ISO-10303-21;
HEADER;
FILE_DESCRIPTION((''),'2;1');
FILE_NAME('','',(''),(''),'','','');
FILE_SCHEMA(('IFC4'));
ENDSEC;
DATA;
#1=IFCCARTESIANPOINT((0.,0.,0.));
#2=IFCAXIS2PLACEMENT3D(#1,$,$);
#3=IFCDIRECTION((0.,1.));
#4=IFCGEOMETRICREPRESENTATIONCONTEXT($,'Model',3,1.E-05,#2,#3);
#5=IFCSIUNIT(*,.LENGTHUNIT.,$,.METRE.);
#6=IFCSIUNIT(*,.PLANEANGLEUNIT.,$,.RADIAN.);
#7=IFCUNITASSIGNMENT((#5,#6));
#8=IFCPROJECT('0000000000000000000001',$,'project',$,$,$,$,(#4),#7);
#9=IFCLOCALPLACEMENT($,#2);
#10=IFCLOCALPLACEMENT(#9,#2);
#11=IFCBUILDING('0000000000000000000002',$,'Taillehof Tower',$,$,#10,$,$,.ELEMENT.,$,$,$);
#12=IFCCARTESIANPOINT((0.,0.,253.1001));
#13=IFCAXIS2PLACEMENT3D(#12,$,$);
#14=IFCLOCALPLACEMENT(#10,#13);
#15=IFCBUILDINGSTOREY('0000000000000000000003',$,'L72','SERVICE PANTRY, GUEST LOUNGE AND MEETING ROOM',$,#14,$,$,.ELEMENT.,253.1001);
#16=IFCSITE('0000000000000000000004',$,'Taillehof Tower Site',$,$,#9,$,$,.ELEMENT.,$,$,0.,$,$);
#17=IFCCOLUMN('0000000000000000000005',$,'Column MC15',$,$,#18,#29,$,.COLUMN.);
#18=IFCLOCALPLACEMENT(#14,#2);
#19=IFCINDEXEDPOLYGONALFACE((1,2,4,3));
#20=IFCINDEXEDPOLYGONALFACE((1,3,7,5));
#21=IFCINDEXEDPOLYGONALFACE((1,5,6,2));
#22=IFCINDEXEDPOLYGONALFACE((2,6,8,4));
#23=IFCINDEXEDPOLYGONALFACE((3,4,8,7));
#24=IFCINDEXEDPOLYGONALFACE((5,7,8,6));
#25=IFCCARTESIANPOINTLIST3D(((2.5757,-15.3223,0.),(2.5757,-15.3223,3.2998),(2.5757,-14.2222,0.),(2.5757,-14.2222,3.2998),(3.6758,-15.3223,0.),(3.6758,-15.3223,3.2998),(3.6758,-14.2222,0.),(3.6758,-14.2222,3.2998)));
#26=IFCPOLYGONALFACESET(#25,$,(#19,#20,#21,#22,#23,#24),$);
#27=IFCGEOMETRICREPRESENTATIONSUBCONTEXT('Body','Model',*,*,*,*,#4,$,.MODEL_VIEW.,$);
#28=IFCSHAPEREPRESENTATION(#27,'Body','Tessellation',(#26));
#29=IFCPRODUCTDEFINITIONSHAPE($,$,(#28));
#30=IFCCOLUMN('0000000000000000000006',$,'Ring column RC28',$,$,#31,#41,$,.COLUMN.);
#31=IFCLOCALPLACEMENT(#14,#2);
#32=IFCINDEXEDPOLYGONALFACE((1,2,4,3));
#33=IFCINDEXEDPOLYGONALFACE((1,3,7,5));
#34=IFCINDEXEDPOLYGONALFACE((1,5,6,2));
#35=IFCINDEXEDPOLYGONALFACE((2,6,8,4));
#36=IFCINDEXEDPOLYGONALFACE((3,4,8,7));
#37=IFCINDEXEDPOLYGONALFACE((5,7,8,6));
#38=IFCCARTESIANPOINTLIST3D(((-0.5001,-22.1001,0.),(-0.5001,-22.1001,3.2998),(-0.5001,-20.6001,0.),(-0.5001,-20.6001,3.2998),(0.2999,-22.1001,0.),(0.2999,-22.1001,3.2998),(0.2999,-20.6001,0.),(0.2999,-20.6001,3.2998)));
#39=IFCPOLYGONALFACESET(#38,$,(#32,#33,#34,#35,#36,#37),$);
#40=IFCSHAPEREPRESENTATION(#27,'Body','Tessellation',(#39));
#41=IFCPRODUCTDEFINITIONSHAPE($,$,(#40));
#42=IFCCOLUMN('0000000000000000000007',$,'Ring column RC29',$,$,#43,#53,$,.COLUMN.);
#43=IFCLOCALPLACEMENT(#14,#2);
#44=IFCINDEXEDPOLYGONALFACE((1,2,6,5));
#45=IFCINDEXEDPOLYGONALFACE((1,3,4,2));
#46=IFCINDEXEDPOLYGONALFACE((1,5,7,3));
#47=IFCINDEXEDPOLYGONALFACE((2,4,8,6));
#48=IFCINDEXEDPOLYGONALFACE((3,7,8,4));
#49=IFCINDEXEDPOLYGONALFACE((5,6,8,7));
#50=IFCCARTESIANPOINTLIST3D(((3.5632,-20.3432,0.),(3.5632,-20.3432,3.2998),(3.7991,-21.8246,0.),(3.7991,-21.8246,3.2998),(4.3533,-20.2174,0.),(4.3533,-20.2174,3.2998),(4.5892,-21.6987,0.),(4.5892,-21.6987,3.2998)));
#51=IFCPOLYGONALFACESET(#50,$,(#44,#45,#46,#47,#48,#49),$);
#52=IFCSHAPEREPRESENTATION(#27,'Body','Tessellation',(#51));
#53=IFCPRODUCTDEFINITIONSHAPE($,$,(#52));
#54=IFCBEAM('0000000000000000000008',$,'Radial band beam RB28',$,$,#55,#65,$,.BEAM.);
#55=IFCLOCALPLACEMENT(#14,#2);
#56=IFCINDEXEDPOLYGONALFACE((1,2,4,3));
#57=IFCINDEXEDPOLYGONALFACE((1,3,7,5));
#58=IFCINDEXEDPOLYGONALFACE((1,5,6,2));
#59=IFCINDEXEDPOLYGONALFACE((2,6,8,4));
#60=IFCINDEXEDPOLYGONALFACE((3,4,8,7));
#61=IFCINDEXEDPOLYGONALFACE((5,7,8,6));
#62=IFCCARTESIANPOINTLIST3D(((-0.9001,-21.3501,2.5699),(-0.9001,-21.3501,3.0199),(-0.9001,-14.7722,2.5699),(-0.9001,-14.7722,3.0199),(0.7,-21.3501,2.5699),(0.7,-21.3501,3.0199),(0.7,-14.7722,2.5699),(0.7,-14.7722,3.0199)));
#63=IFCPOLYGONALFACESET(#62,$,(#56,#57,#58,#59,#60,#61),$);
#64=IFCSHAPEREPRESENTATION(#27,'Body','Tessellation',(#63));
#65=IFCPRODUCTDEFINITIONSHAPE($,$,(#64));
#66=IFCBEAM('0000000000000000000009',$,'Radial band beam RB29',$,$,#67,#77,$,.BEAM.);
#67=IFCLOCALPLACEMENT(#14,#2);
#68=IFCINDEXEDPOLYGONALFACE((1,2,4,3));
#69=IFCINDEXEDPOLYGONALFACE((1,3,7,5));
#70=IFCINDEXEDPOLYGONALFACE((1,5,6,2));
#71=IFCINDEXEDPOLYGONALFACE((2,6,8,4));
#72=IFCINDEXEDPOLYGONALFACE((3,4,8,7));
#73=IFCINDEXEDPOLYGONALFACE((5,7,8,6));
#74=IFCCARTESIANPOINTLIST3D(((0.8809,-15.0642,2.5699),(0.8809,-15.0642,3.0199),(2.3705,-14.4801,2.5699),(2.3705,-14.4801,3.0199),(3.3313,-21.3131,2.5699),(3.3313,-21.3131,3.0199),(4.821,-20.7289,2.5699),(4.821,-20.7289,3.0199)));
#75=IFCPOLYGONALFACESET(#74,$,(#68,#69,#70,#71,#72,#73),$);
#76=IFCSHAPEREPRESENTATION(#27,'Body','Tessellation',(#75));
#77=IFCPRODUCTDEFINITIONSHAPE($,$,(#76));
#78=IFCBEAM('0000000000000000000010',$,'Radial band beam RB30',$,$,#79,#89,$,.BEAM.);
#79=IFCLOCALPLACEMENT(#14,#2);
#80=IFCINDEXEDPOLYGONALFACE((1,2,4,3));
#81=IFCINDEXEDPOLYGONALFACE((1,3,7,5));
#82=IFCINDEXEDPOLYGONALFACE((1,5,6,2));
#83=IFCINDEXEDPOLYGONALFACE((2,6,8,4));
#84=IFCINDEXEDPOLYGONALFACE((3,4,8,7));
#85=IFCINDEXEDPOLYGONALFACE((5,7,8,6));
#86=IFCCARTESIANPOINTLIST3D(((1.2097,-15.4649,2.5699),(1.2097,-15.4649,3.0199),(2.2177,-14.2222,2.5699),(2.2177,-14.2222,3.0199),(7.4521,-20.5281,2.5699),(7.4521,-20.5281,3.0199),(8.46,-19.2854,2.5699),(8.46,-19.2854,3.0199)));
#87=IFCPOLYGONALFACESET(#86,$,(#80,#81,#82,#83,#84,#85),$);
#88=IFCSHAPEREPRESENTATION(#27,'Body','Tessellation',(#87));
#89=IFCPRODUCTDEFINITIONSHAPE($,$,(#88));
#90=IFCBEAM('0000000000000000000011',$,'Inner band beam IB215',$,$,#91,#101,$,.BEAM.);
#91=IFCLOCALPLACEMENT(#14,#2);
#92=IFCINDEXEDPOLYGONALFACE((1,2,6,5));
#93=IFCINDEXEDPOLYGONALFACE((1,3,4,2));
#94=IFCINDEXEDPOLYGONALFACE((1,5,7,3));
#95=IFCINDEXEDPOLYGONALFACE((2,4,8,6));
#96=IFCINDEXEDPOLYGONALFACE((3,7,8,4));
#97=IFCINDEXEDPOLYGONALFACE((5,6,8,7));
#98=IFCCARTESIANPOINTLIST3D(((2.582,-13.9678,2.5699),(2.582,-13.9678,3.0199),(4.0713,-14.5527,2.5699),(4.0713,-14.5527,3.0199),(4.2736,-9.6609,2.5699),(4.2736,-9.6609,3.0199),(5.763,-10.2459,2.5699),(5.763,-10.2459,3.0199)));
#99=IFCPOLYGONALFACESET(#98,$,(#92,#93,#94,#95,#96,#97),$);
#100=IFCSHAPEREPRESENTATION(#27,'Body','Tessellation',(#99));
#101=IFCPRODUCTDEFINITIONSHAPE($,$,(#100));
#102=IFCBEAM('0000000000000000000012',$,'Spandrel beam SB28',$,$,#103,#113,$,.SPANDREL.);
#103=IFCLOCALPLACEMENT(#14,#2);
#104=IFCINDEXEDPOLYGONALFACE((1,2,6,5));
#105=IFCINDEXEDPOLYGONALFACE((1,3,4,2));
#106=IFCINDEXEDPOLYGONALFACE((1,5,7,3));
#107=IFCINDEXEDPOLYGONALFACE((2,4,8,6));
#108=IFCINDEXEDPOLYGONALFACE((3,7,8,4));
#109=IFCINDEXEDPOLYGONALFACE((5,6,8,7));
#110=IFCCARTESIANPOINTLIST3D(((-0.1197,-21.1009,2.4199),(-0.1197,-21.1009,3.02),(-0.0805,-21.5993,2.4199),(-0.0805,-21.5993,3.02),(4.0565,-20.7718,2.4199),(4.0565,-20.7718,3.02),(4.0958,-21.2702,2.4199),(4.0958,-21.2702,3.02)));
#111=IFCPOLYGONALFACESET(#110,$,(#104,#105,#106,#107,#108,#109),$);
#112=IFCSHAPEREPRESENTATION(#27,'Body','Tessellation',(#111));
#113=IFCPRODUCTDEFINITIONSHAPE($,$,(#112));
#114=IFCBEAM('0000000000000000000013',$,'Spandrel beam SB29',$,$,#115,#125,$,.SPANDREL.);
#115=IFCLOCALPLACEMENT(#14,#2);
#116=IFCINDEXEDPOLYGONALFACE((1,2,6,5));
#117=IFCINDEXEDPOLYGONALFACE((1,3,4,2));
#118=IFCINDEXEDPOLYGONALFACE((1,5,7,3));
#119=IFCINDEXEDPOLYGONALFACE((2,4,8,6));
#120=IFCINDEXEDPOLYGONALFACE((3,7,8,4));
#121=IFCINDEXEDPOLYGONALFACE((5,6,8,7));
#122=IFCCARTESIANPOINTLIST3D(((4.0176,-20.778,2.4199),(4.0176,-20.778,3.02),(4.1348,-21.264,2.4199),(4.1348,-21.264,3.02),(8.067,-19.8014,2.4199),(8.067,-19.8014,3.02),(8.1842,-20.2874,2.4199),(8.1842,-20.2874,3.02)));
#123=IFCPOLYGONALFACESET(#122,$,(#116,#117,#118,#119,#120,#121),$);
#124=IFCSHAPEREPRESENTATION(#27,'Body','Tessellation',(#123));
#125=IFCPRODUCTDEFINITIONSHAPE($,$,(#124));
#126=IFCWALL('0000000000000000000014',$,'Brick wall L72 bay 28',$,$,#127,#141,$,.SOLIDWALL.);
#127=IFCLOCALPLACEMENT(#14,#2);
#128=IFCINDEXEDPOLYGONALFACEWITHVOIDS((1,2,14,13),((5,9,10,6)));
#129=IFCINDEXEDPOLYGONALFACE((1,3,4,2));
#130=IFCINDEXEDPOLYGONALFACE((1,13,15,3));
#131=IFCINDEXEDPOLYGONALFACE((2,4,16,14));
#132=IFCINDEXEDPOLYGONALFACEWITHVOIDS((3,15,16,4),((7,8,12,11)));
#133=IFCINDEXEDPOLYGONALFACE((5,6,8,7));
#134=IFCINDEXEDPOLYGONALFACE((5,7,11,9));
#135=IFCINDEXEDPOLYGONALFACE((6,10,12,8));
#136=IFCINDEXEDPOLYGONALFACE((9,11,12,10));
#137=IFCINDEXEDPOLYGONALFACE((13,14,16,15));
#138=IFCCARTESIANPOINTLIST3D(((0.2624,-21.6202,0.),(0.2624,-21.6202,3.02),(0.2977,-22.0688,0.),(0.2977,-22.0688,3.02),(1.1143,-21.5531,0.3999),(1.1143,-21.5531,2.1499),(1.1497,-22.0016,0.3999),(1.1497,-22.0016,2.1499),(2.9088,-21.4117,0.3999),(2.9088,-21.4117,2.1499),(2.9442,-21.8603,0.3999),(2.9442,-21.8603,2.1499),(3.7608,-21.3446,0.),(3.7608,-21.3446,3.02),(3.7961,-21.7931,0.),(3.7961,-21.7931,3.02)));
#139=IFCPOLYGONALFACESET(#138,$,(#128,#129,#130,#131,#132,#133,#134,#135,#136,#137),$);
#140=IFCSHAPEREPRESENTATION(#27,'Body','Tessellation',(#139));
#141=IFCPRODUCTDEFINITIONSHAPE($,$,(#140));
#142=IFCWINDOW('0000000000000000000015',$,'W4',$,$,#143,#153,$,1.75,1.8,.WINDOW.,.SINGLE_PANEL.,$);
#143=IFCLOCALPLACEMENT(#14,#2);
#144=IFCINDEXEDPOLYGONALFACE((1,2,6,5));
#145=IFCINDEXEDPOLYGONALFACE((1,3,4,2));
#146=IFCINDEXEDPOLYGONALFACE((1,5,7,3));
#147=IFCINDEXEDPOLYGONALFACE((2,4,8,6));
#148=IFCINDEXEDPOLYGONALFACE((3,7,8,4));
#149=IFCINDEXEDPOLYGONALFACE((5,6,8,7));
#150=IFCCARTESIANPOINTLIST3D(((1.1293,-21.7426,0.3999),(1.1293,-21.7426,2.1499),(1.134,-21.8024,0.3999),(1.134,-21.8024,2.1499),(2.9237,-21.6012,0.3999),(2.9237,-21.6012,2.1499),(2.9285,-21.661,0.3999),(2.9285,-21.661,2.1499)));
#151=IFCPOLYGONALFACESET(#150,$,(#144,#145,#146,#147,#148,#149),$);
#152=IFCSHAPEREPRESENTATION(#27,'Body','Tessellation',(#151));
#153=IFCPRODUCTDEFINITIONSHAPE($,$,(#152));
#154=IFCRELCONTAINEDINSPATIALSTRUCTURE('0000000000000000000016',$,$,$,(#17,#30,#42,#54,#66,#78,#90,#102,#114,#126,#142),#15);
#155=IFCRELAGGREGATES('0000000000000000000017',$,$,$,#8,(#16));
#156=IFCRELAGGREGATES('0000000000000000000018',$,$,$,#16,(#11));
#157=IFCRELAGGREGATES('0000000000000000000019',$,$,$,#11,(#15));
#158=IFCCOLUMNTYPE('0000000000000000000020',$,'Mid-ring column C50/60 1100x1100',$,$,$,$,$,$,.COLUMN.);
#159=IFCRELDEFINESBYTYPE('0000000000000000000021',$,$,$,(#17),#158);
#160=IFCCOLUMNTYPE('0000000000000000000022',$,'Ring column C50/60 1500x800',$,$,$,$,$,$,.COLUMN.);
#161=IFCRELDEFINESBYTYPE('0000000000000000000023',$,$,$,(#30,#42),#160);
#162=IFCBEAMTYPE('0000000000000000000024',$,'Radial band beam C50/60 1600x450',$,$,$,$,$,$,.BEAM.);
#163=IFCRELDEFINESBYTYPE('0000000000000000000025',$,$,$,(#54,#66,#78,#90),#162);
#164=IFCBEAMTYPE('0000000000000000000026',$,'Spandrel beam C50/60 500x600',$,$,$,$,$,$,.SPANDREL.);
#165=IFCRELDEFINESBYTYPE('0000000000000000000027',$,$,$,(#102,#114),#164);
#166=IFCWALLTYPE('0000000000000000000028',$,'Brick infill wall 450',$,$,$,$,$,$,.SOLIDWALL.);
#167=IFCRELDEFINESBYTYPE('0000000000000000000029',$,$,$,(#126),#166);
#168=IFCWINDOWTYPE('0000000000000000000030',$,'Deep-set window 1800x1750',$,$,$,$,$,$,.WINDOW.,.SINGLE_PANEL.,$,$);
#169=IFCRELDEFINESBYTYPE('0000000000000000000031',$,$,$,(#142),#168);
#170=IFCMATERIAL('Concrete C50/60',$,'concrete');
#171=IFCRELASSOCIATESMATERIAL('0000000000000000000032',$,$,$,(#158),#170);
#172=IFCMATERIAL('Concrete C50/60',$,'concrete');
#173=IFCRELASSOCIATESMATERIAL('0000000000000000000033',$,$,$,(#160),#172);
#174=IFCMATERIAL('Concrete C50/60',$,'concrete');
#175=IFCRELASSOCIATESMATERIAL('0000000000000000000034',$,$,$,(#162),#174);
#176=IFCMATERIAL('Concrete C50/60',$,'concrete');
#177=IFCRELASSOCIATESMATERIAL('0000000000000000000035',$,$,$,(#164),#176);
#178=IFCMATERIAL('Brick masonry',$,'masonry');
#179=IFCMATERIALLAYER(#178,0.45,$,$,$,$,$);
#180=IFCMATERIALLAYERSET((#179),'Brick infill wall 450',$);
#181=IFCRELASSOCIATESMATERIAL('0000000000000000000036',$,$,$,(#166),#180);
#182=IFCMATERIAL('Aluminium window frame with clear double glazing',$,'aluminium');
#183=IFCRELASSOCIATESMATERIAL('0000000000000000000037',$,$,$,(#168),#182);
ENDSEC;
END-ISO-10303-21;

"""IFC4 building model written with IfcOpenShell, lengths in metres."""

from ifc_helpers import new_model, si_unit, direction, frame, frame_2d, origin, origin_2d, place, context, subcontext, project, spatial, rectangle, extrude, material, layer, layer_set, material_profile, profile_set, type_object, element, fill, save


model = new_model("IFC4")

# Units and contexts
model_context = context("Model", 3, precision=1e-05, world=origin(), true_north=direction((0.0, 1.0)))
body_context = subcontext(model_context, "Body", "Model", "MODEL_VIEW")
ifc_project = project(units=[si_unit("LENGTHUNIT", "METRE"), si_unit("PLANEANGLEUNIT", "RADIAN")], contexts=[model_context])

# Site, building, storey
site_placement = place(None, origin())
site = spatial("IfcSite", under=ifc_project, at=site_placement, Name="Taillehof Tower Site", CompositionType="ELEMENT", RefElevation=0.0)
building_placement = place(site_placement, origin())
building = spatial("IfcBuilding", under=site, at=building_placement, Name="Taillehof Tower", CompositionType="ELEMENT")
storey_placement = place(building_placement, frame((0.0, 0.0, 253.1001)))
storey = spatial("IfcBuildingStorey", under=building, at=storey_placement, Name="L72", Description="SERVICE PANTRY, GUEST LOUNGE AND MEETING ROOM", CompositionType="ELEMENT", Elevation=253.1001)

# Columns
ifc_material_1 = material(Name="Concrete C50/60", Category="concrete")
ifc_material_profile_1 = material_profile(ifc_material_1, rectangle(XDim=1.1001, YDim=1.1001, at=origin_2d()), Name="RC 1100x1100")
ifc_profile_set_1 = profile_set([ifc_material_profile_1], Name="Concrete C50/60")
column_type_1 = type_object("IfcColumnType", Name="Mid-ring column C50/60 1100x1100", PredefinedType="COLUMN", material=ifc_profile_set_1)
column_placement = place(storey_placement, frame((3.1257, -14.7722, 0.0), z_axis=(0.0, 0.0, 1.0), x_axis=(1.0, 0.0, 0.0)))
element("IfcColumn", 1, at=column_placement, inside=storey, type_object=column_type_1, Name="Column MC15", PredefinedType="COLUMN", context=body_context, shape_type="SweptSolid", body=[
    extrude(rectangle(XDim=1.1001, YDim=1.1001, at=origin_2d()), origin(), (0.0, 0.0, 1.0), 3.2998),
])
ifc_material_2 = material(Name="Concrete C50/60", Category="concrete")
ifc_material_profile_2 = material_profile(ifc_material_2, rectangle(XDim=1.5, YDim=0.8, at=origin_2d()), Name="RC 1500x800")
ifc_profile_set_2 = profile_set([ifc_material_profile_2], Name="Concrete C50/60")
column_type_2 = type_object("IfcColumnType", Name="Ring column C50/60 1500x800", PredefinedType="COLUMN", material=ifc_profile_set_2)
for number, where, z_axis, x_axis, name in (
    (2, (-0.1001, -21.3501, 0.0), (0.0, 0.0, 1.0), (0.0, -1.0, 0.0), "Ring column RC28"),
    (3, (4.0762, -21.021, 0.0), (0.0, 0.0, 1.0), (0.157281, -0.987554, 0.0), "Ring column RC29"),
):
    element("IfcColumn", number, at=place(storey_placement, frame(where, z_axis=z_axis, x_axis=x_axis)), inside=storey, type_object=column_type_2, Name=name, PredefinedType="COLUMN", context=body_context, shape_type="SweptSolid", body=[
        extrude(rectangle(XDim=1.5, YDim=0.8, at=origin_2d()), origin(), (0.0, 0.0, 1.0), 3.2998),
    ])

# Beams
ifc_material_3 = material(Name="Concrete C50/60", Category="concrete")
ifc_material_profile_3 = material_profile(ifc_material_3, rectangle(XDim=1.6001, YDim=0.45, at=origin_2d()), Name="RC 1600x450")
ifc_profile_set_3 = profile_set([ifc_material_profile_3], Name="Concrete C50/60")
beam_type_1 = type_object("IfcBeamType", Name="Radial band beam C50/60 1600x450", PredefinedType="BEAM", material=ifc_profile_set_3)
beam_1_placement = place(storey_placement, frame((-0.1001, -21.3501, 2.7949), z_axis=(0.0, 1.0, 0.0), x_axis=(-1.0, 0.0, 0.0)))
element("IfcBeam", 4, at=beam_1_placement, inside=storey, type_object=beam_type_1, Name="Radial band beam RB28", PredefinedType="BEAM", context=body_context, shape_type="SweptSolid", body=[
    extrude(rectangle(XDim=1.6001, YDim=0.45, at=origin_2d()), origin(), (0.0, 0.0, 1.0), 6.5779),
])
beam_2_placement = place(storey_placement, frame((4.0762, -21.021, 2.7949), z_axis=(-0.365079, 0.930976, 0.0), x_axis=(-0.930976, -0.365079, 0.0)))
element("IfcBeam", 5, at=beam_2_placement, inside=storey, type_object=beam_type_1, Name="Radial band beam RB29", PredefinedType="BEAM", context=body_context, shape_type="SweptSolid", body=[
    extrude(rectangle(XDim=1.6001, YDim=0.45, at=origin_2d()), origin(), (0.0, 0.0, 1.0), 6.7122),
])
beam_3_placement = place(storey_placement, frame((7.9561, -19.9067, 2.7949), z_axis=(-0.776646, 0.629937, 0.0), x_axis=(-0.629937, -0.776646, 0.0)))
element("IfcBeam", 6, at=beam_3_placement, inside=storey, type_object=beam_type_1, Name="Radial band beam RB30", PredefinedType="BEAM", context=body_context, shape_type="SweptSolid", body=[
    extrude(rectangle(XDim=1.6001, YDim=0.45, at=origin_2d()), origin(), (0.0, 0.0, 1.0), 8.0376),
])
beam_4_placement = place(storey_placement, frame((3.3267, -14.2603, 2.7949), z_axis=(0.365589, 0.930777, 0.0), x_axis=(-0.930777, 0.365589, 0.0)))
element("IfcBeam", 7, at=beam_4_placement, inside=storey, type_object=beam_type_1, Name="Inner band beam IB215", PredefinedType="BEAM", context=body_context, shape_type="SweptSolid", body=[
    extrude(rectangle(XDim=1.6001, YDim=0.45, at=origin_2d()), origin(), (0.0, 0.0, 1.0), 4.6272),
])
ifc_material_4 = material(Name="Concrete C50/60", Category="concrete")
ifc_material_profile_4 = material_profile(ifc_material_4, rectangle(XDim=0.5, YDim=0.6001, at=origin_2d()), Name="RC 500x600")
ifc_profile_set_4 = profile_set([ifc_material_profile_4], Name="Concrete C50/60")
beam_type_2 = type_object("IfcBeamType", Name="Spandrel beam C50/60 500x600", PredefinedType="SPANDREL", material=ifc_profile_set_4)
beam_5_placement = place(storey_placement, frame((-0.1001, -21.3501, 2.72), z_axis=(0.996909, 0.078559, 0.0), x_axis=(-0.078559, 0.996909, 0.0)))
element("IfcBeam", 8, at=beam_5_placement, inside=storey, type_object=beam_type_2, Name="Spandrel beam SB28", PredefinedType="SPANDREL", context=body_context, shape_type="SweptSolid", body=[
    extrude(rectangle(XDim=0.5, YDim=0.6001, at=origin_2d()), origin(), (0.0, 0.0, 1.0), 4.1892),
])
beam_6_placement = place(storey_placement, frame((4.0762, -21.021, 2.72), z_axis=(0.972129, 0.234446, 0.0), x_axis=(-0.234446, 0.972129, 0.0)))
element("IfcBeam", 9, at=beam_6_placement, inside=storey, type_object=beam_type_2, Name="Spandrel beam SB29", PredefinedType="SPANDREL", context=body_context, shape_type="SweptSolid", body=[
    extrude(rectangle(XDim=0.5, YDim=0.6001, at=origin_2d()), origin(), (0.0, 0.0, 1.0), 4.1655),
])

# Wall, opening, window
ifc_material_5 = material(Name="Brick masonry", Category="masonry")
ifc_layer_1 = layer(ifc_material_5, 0.45)
ifc_layer_set_1 = layer_set([ifc_layer_1], Name="Brick infill wall 450")
wall_type_1 = type_object("IfcWallType", Name="Brick infill wall 450", PredefinedType="SOLIDWALL", material=ifc_layer_set_1)
wall_1_placement = place(storey_placement, frame((0.28, -21.8445, 0.0), z_axis=(0.0, 0.0, 1.0), x_axis=(0.996911, 0.078542, 0.0)))
wall_1 = element("IfcWall", 10, at=wall_1_placement, inside=storey, type_object=wall_type_1, Name="Brick wall L72 bay 28", PredefinedType="SOLIDWALL", context=body_context, shape_type="SweptSolid", body=[
    extrude(rectangle(XDim=3.5093, YDim=0.45, at=frame_2d((1.7546, 0.0))), origin(), (0.0, 0.0, 1.0), 3.02),
])
opening_1_placement = place(wall_1_placement, frame((0.8547, 0.0, 0.3999)))
opening_1 = element("IfcOpeningElement", 11, at=opening_1_placement, cuts=wall_1, PredefinedType="OPENING", context=body_context, shape_type="SweptSolid", body=[
    extrude(rectangle(XDim=1.8, YDim=1.75, at=frame_2d((0.8999, 0.875))), frame((0.0, 0.2349, 0.0), z_axis=(0.0, -1.0, 0.0), x_axis=(1.0, 0.0, 0.0)), (0.0, 0.0, 1.0), 0.47),
])
ifc_material_6 = material(Name="Aluminium window frame with clear double glazing", Category="aluminium")
window_type = type_object("IfcWindowType", Name="Deep-set window 1800x1750", PartitioningType="SINGLE_PANEL", PredefinedType="WINDOW", material=ifc_material_6)
window_1_placement = place(opening_1_placement, origin())
window_1 = element("IfcWindow", 12, at=window_1_placement, inside=storey, type_object=window_type, Name="W4", OverallHeight=1.75, OverallWidth=1.8, PartitioningType="SINGLE_PANEL", PredefinedType="WINDOW", context=body_context, shape_type="SweptSolid", body=[
    extrude(rectangle(XDim=1.8, YDim=1.75, at=frame_2d((0.8999, 0.875))), frame((0.0, 0.0349, 0.0), z_axis=(0.0, -1.0, 0.0), x_axis=(1.0, 0.0, 0.0)), (0.0, 0.0, 1.0), 0.0601),
])
fill(opening_1, window_1)

save(model, "model.ifc")
